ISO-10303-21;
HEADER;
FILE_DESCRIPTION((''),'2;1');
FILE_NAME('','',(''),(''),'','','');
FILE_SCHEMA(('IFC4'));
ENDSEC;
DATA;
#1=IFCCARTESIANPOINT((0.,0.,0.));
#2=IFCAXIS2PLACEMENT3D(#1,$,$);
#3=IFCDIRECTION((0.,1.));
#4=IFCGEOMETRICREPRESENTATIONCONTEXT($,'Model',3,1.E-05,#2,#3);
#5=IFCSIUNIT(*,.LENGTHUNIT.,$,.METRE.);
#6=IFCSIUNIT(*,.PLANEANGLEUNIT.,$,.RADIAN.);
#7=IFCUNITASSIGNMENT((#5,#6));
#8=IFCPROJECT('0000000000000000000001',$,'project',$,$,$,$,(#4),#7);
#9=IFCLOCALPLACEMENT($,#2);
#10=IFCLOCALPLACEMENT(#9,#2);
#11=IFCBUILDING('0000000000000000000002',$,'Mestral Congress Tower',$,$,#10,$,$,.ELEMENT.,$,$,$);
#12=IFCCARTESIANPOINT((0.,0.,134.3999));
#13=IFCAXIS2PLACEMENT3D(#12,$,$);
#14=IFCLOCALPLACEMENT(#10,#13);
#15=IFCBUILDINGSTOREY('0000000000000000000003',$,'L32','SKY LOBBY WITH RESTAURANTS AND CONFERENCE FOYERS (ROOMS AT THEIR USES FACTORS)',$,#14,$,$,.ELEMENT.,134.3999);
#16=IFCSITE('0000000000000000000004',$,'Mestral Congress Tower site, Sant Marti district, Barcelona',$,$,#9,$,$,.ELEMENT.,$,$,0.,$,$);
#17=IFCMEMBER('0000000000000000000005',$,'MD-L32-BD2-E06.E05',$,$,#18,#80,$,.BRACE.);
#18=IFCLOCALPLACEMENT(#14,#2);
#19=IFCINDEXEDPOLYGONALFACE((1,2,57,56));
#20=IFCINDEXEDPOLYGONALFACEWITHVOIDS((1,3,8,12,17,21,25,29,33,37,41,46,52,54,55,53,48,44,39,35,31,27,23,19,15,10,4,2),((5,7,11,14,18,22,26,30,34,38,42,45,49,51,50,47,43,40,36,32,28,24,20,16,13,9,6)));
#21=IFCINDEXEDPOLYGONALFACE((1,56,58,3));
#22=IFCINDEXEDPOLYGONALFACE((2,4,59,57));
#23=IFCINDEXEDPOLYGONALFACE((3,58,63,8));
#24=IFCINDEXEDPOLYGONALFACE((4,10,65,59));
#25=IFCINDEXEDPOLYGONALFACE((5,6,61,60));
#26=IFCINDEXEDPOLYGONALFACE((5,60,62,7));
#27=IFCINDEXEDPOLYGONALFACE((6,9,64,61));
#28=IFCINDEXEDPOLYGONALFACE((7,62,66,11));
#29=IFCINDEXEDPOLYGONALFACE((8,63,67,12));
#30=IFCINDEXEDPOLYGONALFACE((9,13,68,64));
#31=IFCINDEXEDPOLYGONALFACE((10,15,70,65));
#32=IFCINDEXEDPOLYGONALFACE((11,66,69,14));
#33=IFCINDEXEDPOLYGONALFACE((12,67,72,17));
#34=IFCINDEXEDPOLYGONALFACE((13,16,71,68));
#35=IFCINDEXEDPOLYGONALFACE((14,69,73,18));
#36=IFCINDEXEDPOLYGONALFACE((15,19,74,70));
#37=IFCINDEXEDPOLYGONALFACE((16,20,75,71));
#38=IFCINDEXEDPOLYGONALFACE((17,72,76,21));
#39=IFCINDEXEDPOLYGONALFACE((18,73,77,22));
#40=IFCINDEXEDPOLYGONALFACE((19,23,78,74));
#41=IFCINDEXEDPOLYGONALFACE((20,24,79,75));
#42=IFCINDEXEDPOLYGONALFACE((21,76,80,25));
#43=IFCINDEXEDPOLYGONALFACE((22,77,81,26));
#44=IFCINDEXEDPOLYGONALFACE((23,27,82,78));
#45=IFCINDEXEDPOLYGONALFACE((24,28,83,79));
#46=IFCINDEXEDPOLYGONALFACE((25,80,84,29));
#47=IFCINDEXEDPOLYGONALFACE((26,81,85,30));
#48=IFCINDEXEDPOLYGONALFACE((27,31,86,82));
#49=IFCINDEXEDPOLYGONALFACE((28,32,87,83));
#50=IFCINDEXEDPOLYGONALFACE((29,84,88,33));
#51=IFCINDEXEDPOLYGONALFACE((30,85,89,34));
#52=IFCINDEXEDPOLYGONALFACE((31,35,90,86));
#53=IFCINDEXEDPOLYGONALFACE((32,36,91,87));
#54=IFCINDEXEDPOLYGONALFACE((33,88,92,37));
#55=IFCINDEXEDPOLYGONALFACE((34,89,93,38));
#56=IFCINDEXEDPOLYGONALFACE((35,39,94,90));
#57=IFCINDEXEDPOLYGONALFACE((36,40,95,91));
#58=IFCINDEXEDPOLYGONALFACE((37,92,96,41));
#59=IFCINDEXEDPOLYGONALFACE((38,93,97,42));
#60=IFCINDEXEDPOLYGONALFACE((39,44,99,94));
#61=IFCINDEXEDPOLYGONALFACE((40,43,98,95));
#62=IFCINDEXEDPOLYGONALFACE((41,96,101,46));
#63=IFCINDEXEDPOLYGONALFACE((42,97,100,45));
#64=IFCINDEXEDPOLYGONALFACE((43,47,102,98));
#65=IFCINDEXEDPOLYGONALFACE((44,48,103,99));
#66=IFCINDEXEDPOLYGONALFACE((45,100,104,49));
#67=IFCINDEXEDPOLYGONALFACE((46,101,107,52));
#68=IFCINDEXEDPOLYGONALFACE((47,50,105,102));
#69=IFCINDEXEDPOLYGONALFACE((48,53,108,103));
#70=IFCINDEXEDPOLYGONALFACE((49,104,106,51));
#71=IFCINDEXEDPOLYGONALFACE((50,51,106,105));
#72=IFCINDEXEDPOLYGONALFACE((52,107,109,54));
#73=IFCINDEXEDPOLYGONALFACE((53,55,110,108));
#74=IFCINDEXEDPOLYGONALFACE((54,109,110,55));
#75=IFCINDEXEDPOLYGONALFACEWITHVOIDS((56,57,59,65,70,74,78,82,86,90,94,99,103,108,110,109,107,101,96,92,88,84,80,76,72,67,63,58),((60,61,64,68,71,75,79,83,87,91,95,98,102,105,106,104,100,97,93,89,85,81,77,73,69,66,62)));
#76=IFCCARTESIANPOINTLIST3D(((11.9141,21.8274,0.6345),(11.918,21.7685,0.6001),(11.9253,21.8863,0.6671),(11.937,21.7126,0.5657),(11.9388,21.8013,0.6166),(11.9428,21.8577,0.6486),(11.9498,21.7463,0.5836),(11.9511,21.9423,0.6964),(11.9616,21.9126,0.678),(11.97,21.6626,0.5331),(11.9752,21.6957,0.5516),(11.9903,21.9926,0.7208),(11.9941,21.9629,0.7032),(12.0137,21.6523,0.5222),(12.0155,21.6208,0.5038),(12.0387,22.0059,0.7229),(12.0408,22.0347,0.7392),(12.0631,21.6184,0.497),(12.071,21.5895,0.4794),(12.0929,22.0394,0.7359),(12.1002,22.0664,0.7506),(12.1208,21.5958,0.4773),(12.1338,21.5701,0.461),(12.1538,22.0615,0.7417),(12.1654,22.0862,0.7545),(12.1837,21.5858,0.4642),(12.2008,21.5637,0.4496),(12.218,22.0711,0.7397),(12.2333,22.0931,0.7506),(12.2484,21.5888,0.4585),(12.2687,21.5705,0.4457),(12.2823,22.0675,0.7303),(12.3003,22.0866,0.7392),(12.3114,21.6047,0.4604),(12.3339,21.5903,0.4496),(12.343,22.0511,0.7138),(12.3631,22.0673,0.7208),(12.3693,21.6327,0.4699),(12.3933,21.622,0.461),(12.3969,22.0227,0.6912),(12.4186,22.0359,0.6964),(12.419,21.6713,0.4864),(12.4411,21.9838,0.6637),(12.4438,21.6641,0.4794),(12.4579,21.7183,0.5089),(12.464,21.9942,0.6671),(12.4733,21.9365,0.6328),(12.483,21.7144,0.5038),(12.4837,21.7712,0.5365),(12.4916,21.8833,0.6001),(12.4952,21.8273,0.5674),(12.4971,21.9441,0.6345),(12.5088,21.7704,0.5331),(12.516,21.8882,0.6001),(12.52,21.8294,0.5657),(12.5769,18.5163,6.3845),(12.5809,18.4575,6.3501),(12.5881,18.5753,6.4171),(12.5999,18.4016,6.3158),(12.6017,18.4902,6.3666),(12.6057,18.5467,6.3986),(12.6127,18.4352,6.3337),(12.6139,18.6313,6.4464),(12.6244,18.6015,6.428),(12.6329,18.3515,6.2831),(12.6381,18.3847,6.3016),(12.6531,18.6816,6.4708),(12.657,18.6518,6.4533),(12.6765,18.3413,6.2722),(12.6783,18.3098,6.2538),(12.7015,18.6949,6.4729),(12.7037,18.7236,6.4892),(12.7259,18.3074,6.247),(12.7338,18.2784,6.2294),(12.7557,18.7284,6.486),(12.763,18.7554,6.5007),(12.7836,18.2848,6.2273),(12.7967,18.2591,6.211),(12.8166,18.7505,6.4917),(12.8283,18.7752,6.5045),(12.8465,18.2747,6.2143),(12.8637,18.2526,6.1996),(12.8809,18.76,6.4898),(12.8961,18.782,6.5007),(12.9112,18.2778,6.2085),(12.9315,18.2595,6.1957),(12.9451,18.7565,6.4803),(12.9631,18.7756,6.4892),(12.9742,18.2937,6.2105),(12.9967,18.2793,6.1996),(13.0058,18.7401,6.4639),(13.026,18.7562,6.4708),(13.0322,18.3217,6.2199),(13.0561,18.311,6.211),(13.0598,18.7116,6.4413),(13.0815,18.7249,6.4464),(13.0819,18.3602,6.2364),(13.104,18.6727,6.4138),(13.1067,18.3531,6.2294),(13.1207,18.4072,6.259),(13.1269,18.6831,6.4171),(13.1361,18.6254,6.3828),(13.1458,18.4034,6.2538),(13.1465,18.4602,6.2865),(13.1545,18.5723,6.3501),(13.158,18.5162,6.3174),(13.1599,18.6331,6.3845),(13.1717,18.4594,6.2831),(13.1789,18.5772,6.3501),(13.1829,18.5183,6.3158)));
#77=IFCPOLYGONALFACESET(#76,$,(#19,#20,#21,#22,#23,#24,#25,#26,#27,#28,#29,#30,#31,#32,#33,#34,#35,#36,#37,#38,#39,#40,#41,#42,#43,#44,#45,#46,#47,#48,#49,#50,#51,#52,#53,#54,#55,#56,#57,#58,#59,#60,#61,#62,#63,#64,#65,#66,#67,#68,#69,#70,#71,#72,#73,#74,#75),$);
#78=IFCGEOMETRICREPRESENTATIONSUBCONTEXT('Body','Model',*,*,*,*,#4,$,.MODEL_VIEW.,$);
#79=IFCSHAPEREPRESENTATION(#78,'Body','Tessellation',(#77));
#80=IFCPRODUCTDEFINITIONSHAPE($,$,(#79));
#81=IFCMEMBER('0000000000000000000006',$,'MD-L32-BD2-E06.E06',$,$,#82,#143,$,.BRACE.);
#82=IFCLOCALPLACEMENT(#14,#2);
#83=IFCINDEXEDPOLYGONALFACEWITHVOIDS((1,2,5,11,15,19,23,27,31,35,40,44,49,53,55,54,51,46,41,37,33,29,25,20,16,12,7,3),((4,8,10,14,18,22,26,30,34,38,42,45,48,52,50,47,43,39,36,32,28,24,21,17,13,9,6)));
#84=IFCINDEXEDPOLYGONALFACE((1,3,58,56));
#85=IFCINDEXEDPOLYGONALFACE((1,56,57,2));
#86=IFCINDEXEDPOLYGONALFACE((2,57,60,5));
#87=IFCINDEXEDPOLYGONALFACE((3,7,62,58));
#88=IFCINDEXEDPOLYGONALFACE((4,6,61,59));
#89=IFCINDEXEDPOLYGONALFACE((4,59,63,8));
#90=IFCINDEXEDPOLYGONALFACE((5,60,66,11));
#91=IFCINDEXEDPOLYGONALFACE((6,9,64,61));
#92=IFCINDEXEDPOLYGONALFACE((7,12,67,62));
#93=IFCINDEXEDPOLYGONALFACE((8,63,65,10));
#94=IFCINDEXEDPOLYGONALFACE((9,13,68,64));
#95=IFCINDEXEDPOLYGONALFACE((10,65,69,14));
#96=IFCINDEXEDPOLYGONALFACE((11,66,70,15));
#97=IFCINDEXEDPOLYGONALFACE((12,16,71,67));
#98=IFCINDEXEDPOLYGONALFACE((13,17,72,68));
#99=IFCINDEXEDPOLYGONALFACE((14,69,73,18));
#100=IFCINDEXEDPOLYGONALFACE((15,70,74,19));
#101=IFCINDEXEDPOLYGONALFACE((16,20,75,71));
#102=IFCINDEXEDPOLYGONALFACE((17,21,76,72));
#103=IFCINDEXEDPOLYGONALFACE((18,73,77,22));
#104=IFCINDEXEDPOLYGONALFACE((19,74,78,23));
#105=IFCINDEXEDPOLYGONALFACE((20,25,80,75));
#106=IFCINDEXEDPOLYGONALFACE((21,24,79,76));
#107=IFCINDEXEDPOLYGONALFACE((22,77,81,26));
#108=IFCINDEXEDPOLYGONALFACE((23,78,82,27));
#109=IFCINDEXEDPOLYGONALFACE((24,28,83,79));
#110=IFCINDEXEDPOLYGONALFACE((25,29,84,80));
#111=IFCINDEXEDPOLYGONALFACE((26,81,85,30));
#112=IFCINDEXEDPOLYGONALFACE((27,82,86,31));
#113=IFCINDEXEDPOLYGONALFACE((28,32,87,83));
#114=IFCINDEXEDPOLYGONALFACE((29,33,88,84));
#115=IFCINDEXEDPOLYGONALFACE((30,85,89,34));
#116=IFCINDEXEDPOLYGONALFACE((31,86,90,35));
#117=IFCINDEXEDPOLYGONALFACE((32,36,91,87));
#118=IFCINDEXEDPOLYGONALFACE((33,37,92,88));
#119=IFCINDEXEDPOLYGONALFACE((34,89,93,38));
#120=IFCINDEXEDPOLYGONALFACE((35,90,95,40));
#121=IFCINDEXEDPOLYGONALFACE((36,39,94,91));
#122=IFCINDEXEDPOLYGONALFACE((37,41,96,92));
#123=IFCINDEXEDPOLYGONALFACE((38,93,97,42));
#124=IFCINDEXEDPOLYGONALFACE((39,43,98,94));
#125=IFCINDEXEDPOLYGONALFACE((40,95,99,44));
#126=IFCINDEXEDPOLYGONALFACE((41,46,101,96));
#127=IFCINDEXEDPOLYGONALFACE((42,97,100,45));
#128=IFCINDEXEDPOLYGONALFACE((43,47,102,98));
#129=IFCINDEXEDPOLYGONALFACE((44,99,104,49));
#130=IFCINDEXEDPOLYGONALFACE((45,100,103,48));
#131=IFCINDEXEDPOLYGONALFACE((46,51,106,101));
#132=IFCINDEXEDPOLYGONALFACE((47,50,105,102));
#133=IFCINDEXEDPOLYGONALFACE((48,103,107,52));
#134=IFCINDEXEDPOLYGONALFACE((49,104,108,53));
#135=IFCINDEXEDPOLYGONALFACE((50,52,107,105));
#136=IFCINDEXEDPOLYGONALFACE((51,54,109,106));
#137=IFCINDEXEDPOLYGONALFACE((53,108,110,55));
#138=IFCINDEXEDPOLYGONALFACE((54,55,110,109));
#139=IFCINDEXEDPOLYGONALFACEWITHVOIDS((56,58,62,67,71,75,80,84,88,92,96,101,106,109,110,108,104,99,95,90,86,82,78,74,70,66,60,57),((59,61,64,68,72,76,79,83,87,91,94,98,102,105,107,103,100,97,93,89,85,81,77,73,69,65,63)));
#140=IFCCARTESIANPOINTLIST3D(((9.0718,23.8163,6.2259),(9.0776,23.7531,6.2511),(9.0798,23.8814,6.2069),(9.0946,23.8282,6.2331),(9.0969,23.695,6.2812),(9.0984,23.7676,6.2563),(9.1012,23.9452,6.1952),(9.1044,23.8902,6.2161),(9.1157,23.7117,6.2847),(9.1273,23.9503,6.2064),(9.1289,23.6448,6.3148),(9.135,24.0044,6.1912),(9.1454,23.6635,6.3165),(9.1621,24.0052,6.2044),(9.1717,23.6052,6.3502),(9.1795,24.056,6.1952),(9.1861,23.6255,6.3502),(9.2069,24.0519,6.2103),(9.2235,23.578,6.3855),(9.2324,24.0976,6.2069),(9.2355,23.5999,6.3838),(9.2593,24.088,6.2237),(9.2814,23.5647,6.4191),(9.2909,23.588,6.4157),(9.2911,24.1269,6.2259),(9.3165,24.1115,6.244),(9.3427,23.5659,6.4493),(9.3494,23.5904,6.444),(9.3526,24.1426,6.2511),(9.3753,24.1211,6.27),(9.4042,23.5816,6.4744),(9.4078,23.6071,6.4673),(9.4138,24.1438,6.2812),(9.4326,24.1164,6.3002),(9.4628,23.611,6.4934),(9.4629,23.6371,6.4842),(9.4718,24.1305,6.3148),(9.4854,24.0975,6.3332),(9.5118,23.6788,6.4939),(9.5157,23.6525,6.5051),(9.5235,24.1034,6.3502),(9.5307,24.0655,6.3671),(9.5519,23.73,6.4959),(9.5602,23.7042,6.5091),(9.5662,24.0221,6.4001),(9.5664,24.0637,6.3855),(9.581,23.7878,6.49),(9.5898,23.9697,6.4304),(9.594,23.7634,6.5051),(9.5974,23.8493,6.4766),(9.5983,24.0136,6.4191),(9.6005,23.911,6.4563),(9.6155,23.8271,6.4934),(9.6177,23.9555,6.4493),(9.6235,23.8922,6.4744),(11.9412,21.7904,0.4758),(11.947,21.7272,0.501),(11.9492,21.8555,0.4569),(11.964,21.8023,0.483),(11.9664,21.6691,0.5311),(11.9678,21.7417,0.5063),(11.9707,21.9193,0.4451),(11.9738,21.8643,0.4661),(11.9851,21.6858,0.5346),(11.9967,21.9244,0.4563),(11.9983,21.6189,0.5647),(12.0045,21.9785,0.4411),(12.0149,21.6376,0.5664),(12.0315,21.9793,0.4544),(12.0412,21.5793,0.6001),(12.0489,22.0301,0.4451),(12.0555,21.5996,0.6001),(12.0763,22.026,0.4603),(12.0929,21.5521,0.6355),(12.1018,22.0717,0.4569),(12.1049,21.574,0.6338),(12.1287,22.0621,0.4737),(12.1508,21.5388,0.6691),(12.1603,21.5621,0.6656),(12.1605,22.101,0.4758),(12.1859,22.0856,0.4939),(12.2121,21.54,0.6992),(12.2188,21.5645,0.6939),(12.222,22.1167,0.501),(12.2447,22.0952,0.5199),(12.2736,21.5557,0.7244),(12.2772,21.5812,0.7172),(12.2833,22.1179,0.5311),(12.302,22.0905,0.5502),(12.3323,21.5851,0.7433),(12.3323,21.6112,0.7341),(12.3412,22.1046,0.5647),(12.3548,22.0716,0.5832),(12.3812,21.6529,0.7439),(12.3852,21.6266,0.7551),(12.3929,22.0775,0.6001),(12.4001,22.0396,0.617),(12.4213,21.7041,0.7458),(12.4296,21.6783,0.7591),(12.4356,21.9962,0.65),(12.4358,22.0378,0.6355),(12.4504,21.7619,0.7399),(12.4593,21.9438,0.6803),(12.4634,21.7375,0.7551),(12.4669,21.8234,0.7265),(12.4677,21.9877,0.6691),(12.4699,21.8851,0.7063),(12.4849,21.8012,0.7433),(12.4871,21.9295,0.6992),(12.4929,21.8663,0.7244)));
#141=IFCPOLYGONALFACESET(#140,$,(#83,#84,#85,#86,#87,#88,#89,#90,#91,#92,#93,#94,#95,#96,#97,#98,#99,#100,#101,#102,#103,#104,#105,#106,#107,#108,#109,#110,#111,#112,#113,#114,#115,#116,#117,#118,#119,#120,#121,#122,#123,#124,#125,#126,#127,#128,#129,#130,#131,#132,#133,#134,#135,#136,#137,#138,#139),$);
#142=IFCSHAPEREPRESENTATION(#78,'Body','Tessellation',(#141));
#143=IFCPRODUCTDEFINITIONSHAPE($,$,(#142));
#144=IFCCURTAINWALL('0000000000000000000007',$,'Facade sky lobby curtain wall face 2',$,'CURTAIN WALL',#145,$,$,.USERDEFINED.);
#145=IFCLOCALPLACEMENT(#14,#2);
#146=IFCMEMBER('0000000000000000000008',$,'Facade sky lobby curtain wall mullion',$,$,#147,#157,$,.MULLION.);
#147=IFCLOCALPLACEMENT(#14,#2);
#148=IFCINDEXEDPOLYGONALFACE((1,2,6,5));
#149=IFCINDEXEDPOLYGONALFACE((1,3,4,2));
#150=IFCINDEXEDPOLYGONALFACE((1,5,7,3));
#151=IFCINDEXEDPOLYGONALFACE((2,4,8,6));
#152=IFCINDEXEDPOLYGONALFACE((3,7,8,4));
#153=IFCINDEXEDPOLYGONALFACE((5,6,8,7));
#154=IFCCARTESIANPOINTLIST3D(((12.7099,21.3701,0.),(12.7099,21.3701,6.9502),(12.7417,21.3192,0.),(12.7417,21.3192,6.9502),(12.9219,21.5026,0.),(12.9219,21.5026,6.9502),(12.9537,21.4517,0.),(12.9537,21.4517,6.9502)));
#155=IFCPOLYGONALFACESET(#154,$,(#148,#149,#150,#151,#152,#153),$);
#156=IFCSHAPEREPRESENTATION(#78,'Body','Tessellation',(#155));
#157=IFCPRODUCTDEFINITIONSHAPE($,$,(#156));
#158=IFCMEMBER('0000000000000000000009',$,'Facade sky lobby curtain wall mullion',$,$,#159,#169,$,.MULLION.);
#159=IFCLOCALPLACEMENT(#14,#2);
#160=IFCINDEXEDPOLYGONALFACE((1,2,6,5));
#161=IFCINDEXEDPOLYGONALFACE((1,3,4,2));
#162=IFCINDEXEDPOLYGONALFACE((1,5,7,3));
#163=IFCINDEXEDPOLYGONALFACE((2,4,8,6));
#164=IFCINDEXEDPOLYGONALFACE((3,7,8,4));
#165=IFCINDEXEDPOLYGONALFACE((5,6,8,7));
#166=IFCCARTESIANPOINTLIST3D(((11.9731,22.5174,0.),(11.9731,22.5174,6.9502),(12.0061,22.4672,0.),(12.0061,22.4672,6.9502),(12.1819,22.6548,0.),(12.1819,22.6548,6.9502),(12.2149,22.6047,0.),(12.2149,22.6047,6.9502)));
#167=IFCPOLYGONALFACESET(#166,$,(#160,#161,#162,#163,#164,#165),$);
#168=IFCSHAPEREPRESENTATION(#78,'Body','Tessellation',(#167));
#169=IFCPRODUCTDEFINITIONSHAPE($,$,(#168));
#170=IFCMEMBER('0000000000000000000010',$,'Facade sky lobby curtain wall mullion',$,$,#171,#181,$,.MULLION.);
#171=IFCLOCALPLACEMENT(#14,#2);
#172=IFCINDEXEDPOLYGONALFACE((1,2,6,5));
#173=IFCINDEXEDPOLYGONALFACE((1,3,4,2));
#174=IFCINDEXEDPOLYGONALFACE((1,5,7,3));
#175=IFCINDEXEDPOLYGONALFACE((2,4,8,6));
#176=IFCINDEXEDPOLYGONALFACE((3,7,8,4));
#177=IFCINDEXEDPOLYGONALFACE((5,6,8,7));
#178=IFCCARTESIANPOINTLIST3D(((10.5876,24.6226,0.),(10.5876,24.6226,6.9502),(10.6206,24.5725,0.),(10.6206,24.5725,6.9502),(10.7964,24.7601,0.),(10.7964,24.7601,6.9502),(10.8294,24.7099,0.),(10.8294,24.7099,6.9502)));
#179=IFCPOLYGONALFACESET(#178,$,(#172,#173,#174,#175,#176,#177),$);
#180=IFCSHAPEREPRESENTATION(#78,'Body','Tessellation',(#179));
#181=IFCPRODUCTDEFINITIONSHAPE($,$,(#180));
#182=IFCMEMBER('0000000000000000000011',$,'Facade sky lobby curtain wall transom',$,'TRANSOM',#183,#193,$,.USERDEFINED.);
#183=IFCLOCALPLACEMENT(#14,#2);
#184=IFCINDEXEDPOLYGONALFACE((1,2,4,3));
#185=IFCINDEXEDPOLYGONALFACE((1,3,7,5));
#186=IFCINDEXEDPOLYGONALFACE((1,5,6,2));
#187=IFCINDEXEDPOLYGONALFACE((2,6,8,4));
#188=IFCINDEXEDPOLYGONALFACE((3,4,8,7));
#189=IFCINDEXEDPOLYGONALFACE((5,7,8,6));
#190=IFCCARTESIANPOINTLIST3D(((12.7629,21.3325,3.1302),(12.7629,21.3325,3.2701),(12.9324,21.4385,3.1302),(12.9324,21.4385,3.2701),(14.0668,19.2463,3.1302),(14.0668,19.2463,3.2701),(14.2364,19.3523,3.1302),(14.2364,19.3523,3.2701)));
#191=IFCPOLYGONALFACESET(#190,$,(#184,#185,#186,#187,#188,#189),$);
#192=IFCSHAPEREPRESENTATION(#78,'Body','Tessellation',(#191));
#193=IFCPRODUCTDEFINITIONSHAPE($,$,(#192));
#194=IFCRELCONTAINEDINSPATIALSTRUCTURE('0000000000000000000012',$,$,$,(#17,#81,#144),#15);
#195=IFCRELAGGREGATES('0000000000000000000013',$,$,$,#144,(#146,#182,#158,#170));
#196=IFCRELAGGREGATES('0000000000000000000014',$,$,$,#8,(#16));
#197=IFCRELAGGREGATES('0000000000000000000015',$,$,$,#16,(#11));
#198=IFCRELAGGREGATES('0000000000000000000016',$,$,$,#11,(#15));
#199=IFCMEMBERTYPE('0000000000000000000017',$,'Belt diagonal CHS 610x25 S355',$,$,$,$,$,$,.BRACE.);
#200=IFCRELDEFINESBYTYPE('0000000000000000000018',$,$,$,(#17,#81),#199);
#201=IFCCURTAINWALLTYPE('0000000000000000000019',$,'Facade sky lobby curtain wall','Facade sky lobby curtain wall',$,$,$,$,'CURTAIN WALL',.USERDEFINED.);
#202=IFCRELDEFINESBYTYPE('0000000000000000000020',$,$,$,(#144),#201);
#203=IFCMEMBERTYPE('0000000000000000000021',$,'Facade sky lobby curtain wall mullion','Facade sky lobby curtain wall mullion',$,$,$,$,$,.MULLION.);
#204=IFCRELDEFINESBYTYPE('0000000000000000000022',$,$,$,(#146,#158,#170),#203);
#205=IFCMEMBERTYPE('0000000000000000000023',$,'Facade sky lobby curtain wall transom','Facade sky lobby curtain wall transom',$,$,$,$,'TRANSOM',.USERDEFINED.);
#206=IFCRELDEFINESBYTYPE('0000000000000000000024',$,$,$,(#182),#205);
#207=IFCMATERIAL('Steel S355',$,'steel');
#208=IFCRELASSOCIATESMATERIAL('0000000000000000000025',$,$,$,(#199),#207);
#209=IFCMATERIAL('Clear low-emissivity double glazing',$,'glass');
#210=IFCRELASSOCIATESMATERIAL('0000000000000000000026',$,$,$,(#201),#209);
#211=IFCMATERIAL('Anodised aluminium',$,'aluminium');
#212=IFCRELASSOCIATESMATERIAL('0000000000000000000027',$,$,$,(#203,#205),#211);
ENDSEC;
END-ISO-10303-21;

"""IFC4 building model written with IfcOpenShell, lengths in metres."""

from ifc_helpers import new_model, si_unit, direction, frame, origin, origin_2d, place, context, subcontext, project, spatial, rectangle, hollow_circle, extrude, material, material_profile, profile_set, type_object, element, aggregate, save


model = new_model("IFC4")

# Units and contexts
model_context = context("Model", 3, precision=1e-05, world=origin(), true_north=direction((0.0, 1.0)))
body_context = subcontext(model_context, "Body", "Model", "MODEL_VIEW")
ifc_project = project(units=[si_unit("LENGTHUNIT", "METRE"), si_unit("PLANEANGLEUNIT", "RADIAN")], contexts=[model_context])

# Site, building, storey
site_placement = place(None, origin())
site = spatial("IfcSite", under=ifc_project, at=site_placement, Name="Mestral Congress Tower site, Sant Marti district, Barcelona", CompositionType="ELEMENT", RefElevation=0.0)
building_placement = place(site_placement, origin())
building = spatial("IfcBuilding", under=site, at=building_placement, Name="Mestral Congress Tower", CompositionType="ELEMENT")
storey_placement = place(building_placement, frame((0.0, 0.0, 134.3999)))
storey = spatial("IfcBuildingStorey", under=building, at=storey_placement, Name="L32", Description="SKY LOBBY WITH RESTAURANTS AND CONFERENCE FOYERS (ROOMS AT THEIR USES FACTORS)", CompositionType="ELEMENT", Elevation=134.3999)

# Members
ifc_material_1 = material(Name="Steel S355", Category="steel")
ifc_material_profile_1 = material_profile(ifc_material_1, hollow_circle(Radius=0.3049, WallThickness=0.0249, at=origin_2d()), Name="CHS 610x25")
ifc_profile_set_1 = profile_set([ifc_material_profile_1], Name="Steel S355")
member_type_1 = type_object("IfcMemberType", Name="Belt diagonal CHS 610x25 S355", PredefinedType="BRACE", material=ifc_profile_set_1)
member_1_placement = place(storey_placement, frame((12.217, 21.8284, 0.6001), z_axis=(0.099403, -0.496542, 0.862302), x_axis=(0.980545, 0.196297, 0.0)))
element("IfcMember", 1, at=member_1_placement, inside=storey, type_object=member_type_1, Name="MD-L32-BD2-E06.E05", PredefinedType="BRACE", context=body_context, shape_type="SweptSolid", body=[
    extrude(hollow_circle(Radius=0.3049, WallThickness=0.0249, at=origin_2d()), origin(), (0.0, 0.0, 1.0), 6.6682),
])
member_2_placement = place(storey_placement, frame((12.217, 21.8284, 0.6001), z_axis=(-0.425854, 0.300667, 0.853374), x_axis=(-0.576765, -0.81691, 0.0)))
element("IfcMember", 2, at=member_2_placement, inside=storey, type_object=member_type_1, Name="MD-L32-BD2-E06.E06", PredefinedType="BRACE", context=body_context, shape_type="SweptSolid", body=[
    extrude(hollow_circle(Radius=0.3049, WallThickness=0.0249, at=origin_2d()), origin(), (0.0, 0.0, 1.0), 6.738),
])

# Curtain wall, members
ifc_material_2 = material(Name="Clear low-emissivity double glazing", Category="glass")
curtain_wall_type = type_object("IfcCurtainWallType", Name="Facade sky lobby curtain wall", Description="Facade sky lobby curtain wall", ElementType="CURTAIN WALL", PredefinedType="USERDEFINED", material=ifc_material_2)
curtain_wall_placement = place(storey_placement, origin())
curtain_wall = element("IfcCurtainWall", 3, at=curtain_wall_placement, inside=storey, type_object=curtain_wall_type, Name="Facade sky lobby curtain wall face 2", ObjectType="CURTAIN WALL", PredefinedType="USERDEFINED")
ifc_material_3 = material(Name="Anodised aluminium", Category="aluminium")
ifc_material_profile_2 = material_profile(ifc_material_3, rectangle(XDim=0.25, YDim=0.0601, at=origin_2d()), Name="CW1 mullion 250 x 60")
ifc_profile_set_2 = profile_set([ifc_material_profile_2], Name="Anodised aluminium")
member_type_2 = type_object("IfcMemberType", Name="Facade sky lobby curtain wall mullion", Description="Facade sky lobby curtain wall mullion", PredefinedType="MULLION", material=ifc_profile_set_2)
member_3_placement = place(storey_placement, frame((12.8318, 21.4109, 0.0), z_axis=(0.0, 0.0, 1.0), x_axis=(0.847961, 0.530058, 0.0)))
member_3 = element("IfcMember", 4, at=member_3_placement, type_object=member_type_2, Name="Facade sky lobby curtain wall mullion", PredefinedType="MULLION", context=body_context, shape_type="SweptSolid", body=[
    extrude(rectangle(XDim=0.25, YDim=0.0601, at=origin_2d()), origin(), (0.0, 0.0, 1.0), 6.9502),
])
member_4_placement = place(storey_placement, frame((12.094, 22.561, 0.0), z_axis=(0.0, 0.0, 1.0), x_axis=(0.835326, 0.549755, 0.0)))
member_4 = element("IfcMember", 5, at=member_4_placement, type_object=member_type_2, Name="Facade sky lobby curtain wall mullion", PredefinedType="MULLION", context=body_context, shape_type="SweptSolid", body=[
    extrude(rectangle(XDim=0.25, YDim=0.0601, at=origin_2d()), origin(), (0.0, 0.0, 1.0), 6.9502),
])
member_5_placement = place(storey_placement, frame((10.7085, 24.6663, 0.0), z_axis=(0.0, 0.0, 1.0), x_axis=(0.835326, 0.549755, 0.0)))
member_5 = element("IfcMember", 6, at=member_5_placement, type_object=member_type_2, Name="Facade sky lobby curtain wall mullion", PredefinedType="MULLION", context=body_context, shape_type="SweptSolid", body=[
    extrude(rectangle(XDim=0.25, YDim=0.0601, at=origin_2d()), origin(), (0.0, 0.0, 1.0), 6.9502),
])
ifc_material_profile_3 = material_profile(ifc_material_3, rectangle(XDim=0.2, YDim=0.1399, at=origin_2d()), Name="CW1 transom 200 x 140")
ifc_profile_set_3 = profile_set([ifc_material_profile_3], Name="Anodised aluminium")
member_type_3 = type_object("IfcMemberType", Name="Facade sky lobby curtain wall transom", Description="Facade sky lobby curtain wall transom", ElementType="TRANSOM", PredefinedType="USERDEFINED", material=ifc_profile_set_3)
member_6_placement = place(storey_placement, frame((14.1516, 19.2993, 3.2002), z_axis=(-0.530026, 0.847982, 0.0), x_axis=(-0.847982, -0.530026, 0.0)))
member_6 = element("IfcMember", 7, at=member_6_placement, type_object=member_type_3, Name="Facade sky lobby curtain wall transom", ObjectType="TRANSOM", PredefinedType="USERDEFINED", context=body_context, shape_type="SweptSolid", body=[
    extrude(rectangle(XDim=0.2, YDim=0.1399, at=origin_2d()), origin(), (0.0, 0.0, 1.0), 2.4602),
])

aggregate(curtain_wall, [member_3, member_6, member_4, member_5])

save(model, "model.ifc")
